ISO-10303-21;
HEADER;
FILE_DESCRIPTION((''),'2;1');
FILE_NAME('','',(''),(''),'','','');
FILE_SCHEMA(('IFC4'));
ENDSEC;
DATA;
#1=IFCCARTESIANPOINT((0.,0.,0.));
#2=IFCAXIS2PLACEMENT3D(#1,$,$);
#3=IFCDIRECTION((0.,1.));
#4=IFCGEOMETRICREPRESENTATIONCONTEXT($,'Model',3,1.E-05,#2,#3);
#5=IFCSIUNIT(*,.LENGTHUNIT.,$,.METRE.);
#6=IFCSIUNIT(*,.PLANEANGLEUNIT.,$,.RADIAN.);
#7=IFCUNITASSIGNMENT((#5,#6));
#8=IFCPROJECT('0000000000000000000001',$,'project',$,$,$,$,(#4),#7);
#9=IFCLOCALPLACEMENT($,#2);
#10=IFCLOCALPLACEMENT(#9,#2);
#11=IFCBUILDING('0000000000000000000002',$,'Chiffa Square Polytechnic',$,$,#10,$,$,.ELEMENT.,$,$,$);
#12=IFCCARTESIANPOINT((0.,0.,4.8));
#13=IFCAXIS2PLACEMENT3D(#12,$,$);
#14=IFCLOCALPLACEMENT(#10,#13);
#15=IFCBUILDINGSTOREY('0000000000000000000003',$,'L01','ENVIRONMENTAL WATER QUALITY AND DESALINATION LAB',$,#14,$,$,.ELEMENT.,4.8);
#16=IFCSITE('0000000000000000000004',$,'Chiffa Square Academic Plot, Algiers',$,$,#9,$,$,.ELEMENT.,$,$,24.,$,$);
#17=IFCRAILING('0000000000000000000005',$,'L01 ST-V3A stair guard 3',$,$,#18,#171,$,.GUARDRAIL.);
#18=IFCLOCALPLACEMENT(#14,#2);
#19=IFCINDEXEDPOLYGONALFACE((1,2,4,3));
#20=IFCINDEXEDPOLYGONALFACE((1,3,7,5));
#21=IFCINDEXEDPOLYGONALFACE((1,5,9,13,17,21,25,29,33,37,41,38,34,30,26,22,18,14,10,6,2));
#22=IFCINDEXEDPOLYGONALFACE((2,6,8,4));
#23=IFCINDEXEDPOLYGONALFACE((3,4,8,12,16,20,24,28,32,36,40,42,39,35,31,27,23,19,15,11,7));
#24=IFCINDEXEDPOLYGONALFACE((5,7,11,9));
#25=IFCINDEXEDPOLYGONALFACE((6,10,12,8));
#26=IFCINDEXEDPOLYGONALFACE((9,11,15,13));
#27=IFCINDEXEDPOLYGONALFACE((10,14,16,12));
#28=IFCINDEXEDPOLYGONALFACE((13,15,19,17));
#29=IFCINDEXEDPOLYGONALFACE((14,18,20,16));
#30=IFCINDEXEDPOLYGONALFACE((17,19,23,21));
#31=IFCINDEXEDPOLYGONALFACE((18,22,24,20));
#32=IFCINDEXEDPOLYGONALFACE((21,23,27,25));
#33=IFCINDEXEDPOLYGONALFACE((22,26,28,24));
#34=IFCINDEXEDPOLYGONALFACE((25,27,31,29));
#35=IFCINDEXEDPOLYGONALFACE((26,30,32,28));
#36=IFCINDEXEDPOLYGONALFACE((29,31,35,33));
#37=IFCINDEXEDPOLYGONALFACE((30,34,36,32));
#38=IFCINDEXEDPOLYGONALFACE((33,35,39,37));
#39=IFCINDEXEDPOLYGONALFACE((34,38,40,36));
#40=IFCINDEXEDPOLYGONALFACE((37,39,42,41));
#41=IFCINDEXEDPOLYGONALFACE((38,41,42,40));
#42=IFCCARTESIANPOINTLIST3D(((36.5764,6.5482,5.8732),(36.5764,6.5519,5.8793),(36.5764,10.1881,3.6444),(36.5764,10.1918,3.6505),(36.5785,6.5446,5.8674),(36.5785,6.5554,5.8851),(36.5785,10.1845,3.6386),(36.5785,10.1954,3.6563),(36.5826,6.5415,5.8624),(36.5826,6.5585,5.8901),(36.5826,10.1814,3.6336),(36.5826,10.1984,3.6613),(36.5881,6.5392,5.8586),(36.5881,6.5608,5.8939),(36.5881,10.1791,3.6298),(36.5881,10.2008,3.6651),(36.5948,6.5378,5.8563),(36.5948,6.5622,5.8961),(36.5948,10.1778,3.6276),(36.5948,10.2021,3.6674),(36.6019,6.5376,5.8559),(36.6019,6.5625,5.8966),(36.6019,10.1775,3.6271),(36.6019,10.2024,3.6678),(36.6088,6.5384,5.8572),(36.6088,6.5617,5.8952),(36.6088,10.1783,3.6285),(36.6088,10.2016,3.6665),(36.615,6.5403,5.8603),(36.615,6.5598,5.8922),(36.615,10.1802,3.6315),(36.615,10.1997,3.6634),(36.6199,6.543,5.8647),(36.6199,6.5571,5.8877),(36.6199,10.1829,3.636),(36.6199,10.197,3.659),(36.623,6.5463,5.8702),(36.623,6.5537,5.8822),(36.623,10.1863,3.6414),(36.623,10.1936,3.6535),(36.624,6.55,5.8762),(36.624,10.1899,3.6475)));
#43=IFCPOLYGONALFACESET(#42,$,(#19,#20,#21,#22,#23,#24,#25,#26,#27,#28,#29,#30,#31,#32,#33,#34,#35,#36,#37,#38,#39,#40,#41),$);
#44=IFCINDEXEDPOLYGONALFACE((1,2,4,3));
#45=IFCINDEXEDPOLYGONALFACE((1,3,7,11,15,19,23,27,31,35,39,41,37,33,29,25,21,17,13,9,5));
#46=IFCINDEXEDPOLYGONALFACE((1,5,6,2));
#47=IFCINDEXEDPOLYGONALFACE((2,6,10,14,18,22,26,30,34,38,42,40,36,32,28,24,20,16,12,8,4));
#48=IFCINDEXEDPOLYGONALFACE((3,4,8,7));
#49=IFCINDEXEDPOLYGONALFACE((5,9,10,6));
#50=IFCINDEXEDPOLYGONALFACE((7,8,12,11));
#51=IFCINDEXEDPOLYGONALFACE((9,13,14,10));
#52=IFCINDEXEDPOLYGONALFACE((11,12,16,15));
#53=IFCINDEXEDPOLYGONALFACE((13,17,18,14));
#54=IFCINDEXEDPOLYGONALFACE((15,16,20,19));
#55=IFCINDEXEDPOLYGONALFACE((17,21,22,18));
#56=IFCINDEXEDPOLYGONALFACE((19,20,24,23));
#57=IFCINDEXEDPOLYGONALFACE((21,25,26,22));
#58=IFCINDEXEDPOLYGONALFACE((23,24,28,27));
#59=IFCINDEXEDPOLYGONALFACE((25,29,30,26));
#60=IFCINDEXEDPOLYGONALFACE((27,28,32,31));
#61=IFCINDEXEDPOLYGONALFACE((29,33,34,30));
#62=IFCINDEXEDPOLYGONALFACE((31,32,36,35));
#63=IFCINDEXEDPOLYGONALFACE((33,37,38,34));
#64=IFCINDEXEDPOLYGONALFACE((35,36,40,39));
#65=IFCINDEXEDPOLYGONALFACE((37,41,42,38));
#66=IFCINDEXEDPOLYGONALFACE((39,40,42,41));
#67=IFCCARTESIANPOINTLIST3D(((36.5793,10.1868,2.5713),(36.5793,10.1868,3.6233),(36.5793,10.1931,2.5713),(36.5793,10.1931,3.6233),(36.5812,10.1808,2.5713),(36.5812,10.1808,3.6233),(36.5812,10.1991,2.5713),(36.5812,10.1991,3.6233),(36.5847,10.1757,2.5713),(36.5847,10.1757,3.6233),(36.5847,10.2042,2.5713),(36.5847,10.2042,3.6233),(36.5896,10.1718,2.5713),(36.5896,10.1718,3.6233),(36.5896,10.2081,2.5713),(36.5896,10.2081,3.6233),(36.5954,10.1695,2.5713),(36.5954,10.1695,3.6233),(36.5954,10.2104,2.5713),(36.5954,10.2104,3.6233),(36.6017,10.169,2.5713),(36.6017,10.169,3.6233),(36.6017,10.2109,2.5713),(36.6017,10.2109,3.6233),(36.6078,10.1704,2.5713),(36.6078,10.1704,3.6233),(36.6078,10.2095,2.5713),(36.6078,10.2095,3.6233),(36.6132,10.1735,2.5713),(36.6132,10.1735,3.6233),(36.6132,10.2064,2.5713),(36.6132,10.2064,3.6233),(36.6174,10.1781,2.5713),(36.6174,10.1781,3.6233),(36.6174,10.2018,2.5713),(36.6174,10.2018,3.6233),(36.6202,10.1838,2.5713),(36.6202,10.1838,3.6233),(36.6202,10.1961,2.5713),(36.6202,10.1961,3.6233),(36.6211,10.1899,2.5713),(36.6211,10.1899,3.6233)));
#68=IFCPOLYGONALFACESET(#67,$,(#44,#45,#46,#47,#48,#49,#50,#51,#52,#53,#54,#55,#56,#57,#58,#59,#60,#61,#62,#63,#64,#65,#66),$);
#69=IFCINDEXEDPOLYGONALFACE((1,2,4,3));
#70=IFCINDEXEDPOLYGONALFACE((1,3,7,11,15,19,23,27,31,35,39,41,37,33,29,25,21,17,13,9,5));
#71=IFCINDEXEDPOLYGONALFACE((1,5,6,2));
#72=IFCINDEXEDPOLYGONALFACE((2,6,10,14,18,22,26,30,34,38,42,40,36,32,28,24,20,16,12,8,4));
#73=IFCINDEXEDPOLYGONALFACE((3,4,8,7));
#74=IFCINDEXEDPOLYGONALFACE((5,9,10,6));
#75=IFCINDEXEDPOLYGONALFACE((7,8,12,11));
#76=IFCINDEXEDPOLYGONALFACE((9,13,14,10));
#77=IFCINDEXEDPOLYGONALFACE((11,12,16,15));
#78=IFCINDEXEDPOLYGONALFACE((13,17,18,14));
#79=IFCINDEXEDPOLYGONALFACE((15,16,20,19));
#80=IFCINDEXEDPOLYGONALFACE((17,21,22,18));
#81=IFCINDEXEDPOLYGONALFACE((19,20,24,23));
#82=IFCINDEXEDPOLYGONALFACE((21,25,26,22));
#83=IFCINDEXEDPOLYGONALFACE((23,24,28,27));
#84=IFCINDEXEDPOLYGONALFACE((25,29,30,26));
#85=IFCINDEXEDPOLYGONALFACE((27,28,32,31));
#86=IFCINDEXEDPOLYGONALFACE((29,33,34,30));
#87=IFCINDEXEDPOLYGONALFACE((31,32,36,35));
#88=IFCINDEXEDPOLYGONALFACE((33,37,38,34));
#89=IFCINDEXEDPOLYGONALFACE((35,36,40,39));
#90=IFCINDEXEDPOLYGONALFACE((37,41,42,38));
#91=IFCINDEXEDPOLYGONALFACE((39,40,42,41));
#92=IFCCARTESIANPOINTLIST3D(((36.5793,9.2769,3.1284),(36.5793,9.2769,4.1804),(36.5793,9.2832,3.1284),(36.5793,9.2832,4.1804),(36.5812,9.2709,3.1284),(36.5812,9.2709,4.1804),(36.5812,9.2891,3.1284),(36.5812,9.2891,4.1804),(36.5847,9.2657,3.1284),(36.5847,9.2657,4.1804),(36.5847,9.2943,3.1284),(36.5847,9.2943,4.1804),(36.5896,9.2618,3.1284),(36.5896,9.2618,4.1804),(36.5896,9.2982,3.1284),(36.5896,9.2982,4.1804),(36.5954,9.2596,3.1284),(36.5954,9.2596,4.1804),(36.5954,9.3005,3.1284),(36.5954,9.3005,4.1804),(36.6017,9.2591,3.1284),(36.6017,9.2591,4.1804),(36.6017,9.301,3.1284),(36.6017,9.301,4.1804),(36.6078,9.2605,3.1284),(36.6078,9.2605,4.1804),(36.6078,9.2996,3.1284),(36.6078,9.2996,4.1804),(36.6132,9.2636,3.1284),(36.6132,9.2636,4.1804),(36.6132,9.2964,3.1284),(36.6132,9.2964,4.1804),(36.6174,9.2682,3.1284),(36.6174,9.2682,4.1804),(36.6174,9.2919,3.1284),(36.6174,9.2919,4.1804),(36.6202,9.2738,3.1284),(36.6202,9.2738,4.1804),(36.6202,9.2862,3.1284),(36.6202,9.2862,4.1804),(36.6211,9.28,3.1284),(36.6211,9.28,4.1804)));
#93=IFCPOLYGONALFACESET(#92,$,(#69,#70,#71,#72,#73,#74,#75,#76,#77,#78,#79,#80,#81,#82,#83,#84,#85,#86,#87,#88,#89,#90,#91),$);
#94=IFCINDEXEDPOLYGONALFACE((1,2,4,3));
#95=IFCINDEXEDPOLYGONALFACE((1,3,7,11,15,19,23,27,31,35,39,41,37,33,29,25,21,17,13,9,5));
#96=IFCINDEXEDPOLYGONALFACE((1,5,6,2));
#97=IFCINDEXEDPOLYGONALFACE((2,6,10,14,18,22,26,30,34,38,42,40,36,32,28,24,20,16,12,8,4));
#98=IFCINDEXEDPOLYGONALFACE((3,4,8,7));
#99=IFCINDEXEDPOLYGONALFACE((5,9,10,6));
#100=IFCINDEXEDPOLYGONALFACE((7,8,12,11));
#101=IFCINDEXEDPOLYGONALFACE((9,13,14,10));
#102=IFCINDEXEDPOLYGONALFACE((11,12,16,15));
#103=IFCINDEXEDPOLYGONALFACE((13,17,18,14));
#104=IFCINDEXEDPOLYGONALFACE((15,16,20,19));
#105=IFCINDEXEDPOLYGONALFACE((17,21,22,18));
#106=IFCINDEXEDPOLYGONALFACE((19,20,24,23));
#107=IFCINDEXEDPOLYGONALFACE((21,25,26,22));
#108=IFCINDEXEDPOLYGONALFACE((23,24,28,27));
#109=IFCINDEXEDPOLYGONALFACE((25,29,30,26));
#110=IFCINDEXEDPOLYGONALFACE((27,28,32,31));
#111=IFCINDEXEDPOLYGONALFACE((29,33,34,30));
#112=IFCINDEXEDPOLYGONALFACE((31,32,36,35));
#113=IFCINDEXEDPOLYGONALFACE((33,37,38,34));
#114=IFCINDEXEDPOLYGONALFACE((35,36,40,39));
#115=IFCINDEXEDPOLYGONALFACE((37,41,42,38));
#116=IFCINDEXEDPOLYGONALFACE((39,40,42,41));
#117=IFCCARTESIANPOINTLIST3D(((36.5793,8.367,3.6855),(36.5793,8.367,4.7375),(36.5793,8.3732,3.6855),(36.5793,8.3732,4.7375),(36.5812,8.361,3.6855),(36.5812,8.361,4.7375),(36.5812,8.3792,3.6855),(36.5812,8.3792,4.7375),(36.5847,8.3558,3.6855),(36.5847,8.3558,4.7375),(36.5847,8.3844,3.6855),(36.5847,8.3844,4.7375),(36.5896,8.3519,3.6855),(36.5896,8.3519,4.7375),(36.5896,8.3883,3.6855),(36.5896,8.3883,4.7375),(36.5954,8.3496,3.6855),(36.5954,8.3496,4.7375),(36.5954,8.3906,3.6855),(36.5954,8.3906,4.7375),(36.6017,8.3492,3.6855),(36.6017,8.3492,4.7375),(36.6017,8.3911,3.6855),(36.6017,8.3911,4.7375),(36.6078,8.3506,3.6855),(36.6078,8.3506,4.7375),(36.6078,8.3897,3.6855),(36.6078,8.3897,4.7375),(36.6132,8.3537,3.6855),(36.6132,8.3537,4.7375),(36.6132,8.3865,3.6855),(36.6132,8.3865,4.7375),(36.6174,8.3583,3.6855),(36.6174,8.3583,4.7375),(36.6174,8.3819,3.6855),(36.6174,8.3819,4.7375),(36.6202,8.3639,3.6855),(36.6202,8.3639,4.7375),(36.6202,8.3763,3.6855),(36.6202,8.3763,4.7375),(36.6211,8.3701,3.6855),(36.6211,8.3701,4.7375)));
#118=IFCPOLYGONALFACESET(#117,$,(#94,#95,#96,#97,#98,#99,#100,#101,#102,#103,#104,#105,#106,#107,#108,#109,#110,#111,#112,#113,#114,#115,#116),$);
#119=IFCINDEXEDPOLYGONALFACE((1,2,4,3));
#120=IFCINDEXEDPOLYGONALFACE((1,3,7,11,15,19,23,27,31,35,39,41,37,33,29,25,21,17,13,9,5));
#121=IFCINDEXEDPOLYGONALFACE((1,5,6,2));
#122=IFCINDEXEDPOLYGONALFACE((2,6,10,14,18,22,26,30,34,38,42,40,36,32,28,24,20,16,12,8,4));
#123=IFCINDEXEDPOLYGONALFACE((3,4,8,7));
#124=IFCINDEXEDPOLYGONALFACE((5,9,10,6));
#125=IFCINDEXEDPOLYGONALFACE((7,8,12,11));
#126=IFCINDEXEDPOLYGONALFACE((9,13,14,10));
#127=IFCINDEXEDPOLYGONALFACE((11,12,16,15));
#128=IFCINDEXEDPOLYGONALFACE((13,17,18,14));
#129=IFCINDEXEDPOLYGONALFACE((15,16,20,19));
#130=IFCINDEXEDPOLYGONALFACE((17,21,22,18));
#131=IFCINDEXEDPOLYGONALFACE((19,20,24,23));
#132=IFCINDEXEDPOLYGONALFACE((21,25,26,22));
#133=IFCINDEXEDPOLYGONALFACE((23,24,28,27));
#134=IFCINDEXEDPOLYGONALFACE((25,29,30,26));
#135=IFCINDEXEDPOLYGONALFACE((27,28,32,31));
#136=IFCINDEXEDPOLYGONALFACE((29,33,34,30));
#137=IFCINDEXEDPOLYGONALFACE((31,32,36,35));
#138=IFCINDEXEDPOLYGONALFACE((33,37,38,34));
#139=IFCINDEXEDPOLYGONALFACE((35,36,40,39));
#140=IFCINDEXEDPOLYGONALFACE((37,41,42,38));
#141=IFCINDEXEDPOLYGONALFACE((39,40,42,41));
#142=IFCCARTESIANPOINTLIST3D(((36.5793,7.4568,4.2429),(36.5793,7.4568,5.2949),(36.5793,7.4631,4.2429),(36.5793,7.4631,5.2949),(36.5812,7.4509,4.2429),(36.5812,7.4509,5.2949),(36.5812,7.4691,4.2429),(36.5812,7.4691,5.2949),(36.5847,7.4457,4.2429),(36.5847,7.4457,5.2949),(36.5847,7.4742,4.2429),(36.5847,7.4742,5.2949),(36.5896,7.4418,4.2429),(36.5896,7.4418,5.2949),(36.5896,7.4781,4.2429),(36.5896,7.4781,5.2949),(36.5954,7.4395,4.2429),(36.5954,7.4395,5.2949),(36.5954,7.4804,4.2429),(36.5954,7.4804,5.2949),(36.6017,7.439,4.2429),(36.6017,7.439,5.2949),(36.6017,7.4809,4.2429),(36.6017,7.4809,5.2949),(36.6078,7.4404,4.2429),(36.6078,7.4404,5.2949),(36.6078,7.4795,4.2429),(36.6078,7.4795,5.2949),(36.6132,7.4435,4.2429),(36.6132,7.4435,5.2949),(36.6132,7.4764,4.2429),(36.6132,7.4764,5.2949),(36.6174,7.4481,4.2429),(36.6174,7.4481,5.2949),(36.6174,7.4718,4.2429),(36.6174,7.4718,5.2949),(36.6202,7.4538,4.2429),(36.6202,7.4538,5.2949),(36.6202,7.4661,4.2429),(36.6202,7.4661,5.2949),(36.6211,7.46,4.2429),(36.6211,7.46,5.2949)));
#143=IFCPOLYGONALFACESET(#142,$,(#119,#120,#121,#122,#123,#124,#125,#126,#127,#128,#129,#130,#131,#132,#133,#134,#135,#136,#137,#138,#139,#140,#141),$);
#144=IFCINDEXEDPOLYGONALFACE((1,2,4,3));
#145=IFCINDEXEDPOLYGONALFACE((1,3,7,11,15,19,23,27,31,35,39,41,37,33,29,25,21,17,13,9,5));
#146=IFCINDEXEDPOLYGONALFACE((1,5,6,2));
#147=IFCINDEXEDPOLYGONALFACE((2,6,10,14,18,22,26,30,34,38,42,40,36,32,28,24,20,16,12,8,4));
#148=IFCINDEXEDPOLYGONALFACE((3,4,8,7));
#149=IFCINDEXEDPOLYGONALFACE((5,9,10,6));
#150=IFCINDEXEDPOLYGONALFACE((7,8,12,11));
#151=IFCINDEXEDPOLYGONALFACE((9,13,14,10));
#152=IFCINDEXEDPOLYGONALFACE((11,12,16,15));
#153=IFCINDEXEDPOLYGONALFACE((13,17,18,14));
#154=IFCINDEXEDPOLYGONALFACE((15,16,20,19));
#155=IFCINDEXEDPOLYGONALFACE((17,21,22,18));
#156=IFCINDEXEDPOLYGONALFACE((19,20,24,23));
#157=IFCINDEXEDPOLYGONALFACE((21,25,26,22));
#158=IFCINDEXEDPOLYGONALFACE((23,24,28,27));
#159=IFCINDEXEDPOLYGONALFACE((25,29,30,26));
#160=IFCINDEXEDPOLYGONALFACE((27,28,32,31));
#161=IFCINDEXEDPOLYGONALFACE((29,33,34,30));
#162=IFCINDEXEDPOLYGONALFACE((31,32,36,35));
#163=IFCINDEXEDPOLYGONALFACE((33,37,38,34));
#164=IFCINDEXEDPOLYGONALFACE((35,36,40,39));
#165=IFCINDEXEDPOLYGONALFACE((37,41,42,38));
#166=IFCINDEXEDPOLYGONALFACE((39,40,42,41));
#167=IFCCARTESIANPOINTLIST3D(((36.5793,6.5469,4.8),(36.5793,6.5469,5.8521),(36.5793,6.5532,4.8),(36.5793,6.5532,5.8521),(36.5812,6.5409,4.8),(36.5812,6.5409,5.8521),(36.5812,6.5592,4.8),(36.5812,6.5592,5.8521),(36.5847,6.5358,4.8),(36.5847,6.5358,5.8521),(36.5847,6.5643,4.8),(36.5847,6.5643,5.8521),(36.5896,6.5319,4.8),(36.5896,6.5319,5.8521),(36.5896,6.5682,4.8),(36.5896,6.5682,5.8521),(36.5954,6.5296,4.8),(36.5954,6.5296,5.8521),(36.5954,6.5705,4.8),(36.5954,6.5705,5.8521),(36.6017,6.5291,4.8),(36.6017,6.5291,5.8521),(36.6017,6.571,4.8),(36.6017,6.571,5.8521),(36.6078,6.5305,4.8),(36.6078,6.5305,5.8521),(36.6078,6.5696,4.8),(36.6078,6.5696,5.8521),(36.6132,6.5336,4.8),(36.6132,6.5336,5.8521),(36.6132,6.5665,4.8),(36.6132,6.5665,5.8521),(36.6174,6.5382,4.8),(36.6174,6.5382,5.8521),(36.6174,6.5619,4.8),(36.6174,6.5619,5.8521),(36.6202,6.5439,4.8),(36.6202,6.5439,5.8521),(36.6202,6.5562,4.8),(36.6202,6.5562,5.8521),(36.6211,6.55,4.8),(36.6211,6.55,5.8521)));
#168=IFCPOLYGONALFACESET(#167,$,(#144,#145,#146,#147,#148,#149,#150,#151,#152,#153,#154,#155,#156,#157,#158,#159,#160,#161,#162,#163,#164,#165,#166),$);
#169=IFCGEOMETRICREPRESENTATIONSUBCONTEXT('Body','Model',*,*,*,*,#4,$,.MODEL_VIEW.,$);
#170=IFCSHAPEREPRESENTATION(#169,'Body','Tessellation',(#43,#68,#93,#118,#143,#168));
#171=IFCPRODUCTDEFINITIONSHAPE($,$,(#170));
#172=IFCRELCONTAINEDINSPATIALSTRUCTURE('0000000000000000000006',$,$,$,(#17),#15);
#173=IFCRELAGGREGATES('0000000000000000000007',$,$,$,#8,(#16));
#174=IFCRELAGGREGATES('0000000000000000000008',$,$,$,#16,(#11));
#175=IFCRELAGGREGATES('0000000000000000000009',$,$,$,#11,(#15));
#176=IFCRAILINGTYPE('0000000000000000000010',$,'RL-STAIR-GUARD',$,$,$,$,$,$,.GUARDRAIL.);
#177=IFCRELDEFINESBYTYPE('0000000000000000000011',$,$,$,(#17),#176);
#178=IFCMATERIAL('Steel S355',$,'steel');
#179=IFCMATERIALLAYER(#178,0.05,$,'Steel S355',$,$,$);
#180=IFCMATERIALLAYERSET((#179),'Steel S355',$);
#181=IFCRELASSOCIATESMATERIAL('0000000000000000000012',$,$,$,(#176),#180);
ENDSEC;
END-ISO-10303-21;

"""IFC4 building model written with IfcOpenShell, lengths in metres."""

from ifc_helpers import new_model, si_unit, direction, frame, origin, origin_2d, place, context, subcontext, project, spatial, circle, extrude, material, layer, layer_set, type_object, element, save


model = new_model("IFC4")

# Units and contexts
model_context = context("Model", 3, precision=1e-05, world=origin(), true_north=direction((0.0, 1.0)))
body_context = subcontext(model_context, "Body", "Model", "MODEL_VIEW")
ifc_project = project(units=[si_unit("LENGTHUNIT", "METRE"), si_unit("PLANEANGLEUNIT", "RADIAN")], contexts=[model_context])

# Site, building, storey
site_placement = place(None, origin())
site = spatial("IfcSite", under=ifc_project, at=site_placement, Name="Chiffa Square Academic Plot, Algiers", CompositionType="ELEMENT", RefElevation=24.0)
building_placement = place(site_placement, origin())
building = spatial("IfcBuilding", under=site, at=building_placement, Name="Chiffa Square Polytechnic", CompositionType="ELEMENT")
storey_placement = place(building_placement, frame((0.0, 0.0, 4.8)))
storey = spatial("IfcBuildingStorey", under=building, at=storey_placement, Name="L01", Description="ENVIRONMENTAL WATER QUALITY AND DESALINATION LAB", CompositionType="ELEMENT", Elevation=4.8)

# Railing
ifc_material_1 = material(Name="Steel S355", Category="steel")
ifc_layer_1 = layer(ifc_material_1, 0.05, Name="Steel S355")
ifc_layer_set_1 = layer_set([ifc_layer_1], Name="Steel S355")
railing_type_1 = type_object("IfcRailingType", Name="RL-STAIR-GUARD", PredefinedType="GUARDRAIL", material=ifc_layer_set_1)
railing_1_placement = place(storey_placement, frame((36.6001, 10.1899, 2.5713)))
element("IfcRailing", 1, at=railing_1_placement, inside=storey, type_object=railing_type_1, Name="L01 ST-V3A stair guard 3", PredefinedType="GUARDRAIL", context=body_context, shape_type="SweptSolid", body=[
    extrude(circle(Radius=0.0239, at=origin_2d()), frame((0.0, 0.0, 1.0762), z_axis=(0.0, -0.852825, 0.522197), x_axis=(1.0, 0.0, 0.0)), (0.0, 0.0, 1.0), 4.2681),
    extrude(circle(Radius=0.021, at=origin_2d()), origin(), (0.0, 0.0, 1.0), 1.052),
    extrude(circle(Radius=0.021, at=origin_2d()), frame((0.0, -0.9099, 0.5571)), (0.0, 0.0, 1.0), 1.052),
    extrude(circle(Radius=0.021, at=origin_2d()), frame((0.0, -1.8198, 1.1143)), (0.0, 0.0, 1.0), 1.052),
    extrude(circle(Radius=0.021, at=origin_2d()), frame((0.0, -2.73, 1.6716)), (0.0, 0.0, 1.0), 1.052),
    extrude(circle(Radius=0.021, at=origin_2d()), frame((0.0, -3.6399, 2.2288)), (0.0, 0.0, 1.0), 1.052),
])

save(model, "model.ifc")
